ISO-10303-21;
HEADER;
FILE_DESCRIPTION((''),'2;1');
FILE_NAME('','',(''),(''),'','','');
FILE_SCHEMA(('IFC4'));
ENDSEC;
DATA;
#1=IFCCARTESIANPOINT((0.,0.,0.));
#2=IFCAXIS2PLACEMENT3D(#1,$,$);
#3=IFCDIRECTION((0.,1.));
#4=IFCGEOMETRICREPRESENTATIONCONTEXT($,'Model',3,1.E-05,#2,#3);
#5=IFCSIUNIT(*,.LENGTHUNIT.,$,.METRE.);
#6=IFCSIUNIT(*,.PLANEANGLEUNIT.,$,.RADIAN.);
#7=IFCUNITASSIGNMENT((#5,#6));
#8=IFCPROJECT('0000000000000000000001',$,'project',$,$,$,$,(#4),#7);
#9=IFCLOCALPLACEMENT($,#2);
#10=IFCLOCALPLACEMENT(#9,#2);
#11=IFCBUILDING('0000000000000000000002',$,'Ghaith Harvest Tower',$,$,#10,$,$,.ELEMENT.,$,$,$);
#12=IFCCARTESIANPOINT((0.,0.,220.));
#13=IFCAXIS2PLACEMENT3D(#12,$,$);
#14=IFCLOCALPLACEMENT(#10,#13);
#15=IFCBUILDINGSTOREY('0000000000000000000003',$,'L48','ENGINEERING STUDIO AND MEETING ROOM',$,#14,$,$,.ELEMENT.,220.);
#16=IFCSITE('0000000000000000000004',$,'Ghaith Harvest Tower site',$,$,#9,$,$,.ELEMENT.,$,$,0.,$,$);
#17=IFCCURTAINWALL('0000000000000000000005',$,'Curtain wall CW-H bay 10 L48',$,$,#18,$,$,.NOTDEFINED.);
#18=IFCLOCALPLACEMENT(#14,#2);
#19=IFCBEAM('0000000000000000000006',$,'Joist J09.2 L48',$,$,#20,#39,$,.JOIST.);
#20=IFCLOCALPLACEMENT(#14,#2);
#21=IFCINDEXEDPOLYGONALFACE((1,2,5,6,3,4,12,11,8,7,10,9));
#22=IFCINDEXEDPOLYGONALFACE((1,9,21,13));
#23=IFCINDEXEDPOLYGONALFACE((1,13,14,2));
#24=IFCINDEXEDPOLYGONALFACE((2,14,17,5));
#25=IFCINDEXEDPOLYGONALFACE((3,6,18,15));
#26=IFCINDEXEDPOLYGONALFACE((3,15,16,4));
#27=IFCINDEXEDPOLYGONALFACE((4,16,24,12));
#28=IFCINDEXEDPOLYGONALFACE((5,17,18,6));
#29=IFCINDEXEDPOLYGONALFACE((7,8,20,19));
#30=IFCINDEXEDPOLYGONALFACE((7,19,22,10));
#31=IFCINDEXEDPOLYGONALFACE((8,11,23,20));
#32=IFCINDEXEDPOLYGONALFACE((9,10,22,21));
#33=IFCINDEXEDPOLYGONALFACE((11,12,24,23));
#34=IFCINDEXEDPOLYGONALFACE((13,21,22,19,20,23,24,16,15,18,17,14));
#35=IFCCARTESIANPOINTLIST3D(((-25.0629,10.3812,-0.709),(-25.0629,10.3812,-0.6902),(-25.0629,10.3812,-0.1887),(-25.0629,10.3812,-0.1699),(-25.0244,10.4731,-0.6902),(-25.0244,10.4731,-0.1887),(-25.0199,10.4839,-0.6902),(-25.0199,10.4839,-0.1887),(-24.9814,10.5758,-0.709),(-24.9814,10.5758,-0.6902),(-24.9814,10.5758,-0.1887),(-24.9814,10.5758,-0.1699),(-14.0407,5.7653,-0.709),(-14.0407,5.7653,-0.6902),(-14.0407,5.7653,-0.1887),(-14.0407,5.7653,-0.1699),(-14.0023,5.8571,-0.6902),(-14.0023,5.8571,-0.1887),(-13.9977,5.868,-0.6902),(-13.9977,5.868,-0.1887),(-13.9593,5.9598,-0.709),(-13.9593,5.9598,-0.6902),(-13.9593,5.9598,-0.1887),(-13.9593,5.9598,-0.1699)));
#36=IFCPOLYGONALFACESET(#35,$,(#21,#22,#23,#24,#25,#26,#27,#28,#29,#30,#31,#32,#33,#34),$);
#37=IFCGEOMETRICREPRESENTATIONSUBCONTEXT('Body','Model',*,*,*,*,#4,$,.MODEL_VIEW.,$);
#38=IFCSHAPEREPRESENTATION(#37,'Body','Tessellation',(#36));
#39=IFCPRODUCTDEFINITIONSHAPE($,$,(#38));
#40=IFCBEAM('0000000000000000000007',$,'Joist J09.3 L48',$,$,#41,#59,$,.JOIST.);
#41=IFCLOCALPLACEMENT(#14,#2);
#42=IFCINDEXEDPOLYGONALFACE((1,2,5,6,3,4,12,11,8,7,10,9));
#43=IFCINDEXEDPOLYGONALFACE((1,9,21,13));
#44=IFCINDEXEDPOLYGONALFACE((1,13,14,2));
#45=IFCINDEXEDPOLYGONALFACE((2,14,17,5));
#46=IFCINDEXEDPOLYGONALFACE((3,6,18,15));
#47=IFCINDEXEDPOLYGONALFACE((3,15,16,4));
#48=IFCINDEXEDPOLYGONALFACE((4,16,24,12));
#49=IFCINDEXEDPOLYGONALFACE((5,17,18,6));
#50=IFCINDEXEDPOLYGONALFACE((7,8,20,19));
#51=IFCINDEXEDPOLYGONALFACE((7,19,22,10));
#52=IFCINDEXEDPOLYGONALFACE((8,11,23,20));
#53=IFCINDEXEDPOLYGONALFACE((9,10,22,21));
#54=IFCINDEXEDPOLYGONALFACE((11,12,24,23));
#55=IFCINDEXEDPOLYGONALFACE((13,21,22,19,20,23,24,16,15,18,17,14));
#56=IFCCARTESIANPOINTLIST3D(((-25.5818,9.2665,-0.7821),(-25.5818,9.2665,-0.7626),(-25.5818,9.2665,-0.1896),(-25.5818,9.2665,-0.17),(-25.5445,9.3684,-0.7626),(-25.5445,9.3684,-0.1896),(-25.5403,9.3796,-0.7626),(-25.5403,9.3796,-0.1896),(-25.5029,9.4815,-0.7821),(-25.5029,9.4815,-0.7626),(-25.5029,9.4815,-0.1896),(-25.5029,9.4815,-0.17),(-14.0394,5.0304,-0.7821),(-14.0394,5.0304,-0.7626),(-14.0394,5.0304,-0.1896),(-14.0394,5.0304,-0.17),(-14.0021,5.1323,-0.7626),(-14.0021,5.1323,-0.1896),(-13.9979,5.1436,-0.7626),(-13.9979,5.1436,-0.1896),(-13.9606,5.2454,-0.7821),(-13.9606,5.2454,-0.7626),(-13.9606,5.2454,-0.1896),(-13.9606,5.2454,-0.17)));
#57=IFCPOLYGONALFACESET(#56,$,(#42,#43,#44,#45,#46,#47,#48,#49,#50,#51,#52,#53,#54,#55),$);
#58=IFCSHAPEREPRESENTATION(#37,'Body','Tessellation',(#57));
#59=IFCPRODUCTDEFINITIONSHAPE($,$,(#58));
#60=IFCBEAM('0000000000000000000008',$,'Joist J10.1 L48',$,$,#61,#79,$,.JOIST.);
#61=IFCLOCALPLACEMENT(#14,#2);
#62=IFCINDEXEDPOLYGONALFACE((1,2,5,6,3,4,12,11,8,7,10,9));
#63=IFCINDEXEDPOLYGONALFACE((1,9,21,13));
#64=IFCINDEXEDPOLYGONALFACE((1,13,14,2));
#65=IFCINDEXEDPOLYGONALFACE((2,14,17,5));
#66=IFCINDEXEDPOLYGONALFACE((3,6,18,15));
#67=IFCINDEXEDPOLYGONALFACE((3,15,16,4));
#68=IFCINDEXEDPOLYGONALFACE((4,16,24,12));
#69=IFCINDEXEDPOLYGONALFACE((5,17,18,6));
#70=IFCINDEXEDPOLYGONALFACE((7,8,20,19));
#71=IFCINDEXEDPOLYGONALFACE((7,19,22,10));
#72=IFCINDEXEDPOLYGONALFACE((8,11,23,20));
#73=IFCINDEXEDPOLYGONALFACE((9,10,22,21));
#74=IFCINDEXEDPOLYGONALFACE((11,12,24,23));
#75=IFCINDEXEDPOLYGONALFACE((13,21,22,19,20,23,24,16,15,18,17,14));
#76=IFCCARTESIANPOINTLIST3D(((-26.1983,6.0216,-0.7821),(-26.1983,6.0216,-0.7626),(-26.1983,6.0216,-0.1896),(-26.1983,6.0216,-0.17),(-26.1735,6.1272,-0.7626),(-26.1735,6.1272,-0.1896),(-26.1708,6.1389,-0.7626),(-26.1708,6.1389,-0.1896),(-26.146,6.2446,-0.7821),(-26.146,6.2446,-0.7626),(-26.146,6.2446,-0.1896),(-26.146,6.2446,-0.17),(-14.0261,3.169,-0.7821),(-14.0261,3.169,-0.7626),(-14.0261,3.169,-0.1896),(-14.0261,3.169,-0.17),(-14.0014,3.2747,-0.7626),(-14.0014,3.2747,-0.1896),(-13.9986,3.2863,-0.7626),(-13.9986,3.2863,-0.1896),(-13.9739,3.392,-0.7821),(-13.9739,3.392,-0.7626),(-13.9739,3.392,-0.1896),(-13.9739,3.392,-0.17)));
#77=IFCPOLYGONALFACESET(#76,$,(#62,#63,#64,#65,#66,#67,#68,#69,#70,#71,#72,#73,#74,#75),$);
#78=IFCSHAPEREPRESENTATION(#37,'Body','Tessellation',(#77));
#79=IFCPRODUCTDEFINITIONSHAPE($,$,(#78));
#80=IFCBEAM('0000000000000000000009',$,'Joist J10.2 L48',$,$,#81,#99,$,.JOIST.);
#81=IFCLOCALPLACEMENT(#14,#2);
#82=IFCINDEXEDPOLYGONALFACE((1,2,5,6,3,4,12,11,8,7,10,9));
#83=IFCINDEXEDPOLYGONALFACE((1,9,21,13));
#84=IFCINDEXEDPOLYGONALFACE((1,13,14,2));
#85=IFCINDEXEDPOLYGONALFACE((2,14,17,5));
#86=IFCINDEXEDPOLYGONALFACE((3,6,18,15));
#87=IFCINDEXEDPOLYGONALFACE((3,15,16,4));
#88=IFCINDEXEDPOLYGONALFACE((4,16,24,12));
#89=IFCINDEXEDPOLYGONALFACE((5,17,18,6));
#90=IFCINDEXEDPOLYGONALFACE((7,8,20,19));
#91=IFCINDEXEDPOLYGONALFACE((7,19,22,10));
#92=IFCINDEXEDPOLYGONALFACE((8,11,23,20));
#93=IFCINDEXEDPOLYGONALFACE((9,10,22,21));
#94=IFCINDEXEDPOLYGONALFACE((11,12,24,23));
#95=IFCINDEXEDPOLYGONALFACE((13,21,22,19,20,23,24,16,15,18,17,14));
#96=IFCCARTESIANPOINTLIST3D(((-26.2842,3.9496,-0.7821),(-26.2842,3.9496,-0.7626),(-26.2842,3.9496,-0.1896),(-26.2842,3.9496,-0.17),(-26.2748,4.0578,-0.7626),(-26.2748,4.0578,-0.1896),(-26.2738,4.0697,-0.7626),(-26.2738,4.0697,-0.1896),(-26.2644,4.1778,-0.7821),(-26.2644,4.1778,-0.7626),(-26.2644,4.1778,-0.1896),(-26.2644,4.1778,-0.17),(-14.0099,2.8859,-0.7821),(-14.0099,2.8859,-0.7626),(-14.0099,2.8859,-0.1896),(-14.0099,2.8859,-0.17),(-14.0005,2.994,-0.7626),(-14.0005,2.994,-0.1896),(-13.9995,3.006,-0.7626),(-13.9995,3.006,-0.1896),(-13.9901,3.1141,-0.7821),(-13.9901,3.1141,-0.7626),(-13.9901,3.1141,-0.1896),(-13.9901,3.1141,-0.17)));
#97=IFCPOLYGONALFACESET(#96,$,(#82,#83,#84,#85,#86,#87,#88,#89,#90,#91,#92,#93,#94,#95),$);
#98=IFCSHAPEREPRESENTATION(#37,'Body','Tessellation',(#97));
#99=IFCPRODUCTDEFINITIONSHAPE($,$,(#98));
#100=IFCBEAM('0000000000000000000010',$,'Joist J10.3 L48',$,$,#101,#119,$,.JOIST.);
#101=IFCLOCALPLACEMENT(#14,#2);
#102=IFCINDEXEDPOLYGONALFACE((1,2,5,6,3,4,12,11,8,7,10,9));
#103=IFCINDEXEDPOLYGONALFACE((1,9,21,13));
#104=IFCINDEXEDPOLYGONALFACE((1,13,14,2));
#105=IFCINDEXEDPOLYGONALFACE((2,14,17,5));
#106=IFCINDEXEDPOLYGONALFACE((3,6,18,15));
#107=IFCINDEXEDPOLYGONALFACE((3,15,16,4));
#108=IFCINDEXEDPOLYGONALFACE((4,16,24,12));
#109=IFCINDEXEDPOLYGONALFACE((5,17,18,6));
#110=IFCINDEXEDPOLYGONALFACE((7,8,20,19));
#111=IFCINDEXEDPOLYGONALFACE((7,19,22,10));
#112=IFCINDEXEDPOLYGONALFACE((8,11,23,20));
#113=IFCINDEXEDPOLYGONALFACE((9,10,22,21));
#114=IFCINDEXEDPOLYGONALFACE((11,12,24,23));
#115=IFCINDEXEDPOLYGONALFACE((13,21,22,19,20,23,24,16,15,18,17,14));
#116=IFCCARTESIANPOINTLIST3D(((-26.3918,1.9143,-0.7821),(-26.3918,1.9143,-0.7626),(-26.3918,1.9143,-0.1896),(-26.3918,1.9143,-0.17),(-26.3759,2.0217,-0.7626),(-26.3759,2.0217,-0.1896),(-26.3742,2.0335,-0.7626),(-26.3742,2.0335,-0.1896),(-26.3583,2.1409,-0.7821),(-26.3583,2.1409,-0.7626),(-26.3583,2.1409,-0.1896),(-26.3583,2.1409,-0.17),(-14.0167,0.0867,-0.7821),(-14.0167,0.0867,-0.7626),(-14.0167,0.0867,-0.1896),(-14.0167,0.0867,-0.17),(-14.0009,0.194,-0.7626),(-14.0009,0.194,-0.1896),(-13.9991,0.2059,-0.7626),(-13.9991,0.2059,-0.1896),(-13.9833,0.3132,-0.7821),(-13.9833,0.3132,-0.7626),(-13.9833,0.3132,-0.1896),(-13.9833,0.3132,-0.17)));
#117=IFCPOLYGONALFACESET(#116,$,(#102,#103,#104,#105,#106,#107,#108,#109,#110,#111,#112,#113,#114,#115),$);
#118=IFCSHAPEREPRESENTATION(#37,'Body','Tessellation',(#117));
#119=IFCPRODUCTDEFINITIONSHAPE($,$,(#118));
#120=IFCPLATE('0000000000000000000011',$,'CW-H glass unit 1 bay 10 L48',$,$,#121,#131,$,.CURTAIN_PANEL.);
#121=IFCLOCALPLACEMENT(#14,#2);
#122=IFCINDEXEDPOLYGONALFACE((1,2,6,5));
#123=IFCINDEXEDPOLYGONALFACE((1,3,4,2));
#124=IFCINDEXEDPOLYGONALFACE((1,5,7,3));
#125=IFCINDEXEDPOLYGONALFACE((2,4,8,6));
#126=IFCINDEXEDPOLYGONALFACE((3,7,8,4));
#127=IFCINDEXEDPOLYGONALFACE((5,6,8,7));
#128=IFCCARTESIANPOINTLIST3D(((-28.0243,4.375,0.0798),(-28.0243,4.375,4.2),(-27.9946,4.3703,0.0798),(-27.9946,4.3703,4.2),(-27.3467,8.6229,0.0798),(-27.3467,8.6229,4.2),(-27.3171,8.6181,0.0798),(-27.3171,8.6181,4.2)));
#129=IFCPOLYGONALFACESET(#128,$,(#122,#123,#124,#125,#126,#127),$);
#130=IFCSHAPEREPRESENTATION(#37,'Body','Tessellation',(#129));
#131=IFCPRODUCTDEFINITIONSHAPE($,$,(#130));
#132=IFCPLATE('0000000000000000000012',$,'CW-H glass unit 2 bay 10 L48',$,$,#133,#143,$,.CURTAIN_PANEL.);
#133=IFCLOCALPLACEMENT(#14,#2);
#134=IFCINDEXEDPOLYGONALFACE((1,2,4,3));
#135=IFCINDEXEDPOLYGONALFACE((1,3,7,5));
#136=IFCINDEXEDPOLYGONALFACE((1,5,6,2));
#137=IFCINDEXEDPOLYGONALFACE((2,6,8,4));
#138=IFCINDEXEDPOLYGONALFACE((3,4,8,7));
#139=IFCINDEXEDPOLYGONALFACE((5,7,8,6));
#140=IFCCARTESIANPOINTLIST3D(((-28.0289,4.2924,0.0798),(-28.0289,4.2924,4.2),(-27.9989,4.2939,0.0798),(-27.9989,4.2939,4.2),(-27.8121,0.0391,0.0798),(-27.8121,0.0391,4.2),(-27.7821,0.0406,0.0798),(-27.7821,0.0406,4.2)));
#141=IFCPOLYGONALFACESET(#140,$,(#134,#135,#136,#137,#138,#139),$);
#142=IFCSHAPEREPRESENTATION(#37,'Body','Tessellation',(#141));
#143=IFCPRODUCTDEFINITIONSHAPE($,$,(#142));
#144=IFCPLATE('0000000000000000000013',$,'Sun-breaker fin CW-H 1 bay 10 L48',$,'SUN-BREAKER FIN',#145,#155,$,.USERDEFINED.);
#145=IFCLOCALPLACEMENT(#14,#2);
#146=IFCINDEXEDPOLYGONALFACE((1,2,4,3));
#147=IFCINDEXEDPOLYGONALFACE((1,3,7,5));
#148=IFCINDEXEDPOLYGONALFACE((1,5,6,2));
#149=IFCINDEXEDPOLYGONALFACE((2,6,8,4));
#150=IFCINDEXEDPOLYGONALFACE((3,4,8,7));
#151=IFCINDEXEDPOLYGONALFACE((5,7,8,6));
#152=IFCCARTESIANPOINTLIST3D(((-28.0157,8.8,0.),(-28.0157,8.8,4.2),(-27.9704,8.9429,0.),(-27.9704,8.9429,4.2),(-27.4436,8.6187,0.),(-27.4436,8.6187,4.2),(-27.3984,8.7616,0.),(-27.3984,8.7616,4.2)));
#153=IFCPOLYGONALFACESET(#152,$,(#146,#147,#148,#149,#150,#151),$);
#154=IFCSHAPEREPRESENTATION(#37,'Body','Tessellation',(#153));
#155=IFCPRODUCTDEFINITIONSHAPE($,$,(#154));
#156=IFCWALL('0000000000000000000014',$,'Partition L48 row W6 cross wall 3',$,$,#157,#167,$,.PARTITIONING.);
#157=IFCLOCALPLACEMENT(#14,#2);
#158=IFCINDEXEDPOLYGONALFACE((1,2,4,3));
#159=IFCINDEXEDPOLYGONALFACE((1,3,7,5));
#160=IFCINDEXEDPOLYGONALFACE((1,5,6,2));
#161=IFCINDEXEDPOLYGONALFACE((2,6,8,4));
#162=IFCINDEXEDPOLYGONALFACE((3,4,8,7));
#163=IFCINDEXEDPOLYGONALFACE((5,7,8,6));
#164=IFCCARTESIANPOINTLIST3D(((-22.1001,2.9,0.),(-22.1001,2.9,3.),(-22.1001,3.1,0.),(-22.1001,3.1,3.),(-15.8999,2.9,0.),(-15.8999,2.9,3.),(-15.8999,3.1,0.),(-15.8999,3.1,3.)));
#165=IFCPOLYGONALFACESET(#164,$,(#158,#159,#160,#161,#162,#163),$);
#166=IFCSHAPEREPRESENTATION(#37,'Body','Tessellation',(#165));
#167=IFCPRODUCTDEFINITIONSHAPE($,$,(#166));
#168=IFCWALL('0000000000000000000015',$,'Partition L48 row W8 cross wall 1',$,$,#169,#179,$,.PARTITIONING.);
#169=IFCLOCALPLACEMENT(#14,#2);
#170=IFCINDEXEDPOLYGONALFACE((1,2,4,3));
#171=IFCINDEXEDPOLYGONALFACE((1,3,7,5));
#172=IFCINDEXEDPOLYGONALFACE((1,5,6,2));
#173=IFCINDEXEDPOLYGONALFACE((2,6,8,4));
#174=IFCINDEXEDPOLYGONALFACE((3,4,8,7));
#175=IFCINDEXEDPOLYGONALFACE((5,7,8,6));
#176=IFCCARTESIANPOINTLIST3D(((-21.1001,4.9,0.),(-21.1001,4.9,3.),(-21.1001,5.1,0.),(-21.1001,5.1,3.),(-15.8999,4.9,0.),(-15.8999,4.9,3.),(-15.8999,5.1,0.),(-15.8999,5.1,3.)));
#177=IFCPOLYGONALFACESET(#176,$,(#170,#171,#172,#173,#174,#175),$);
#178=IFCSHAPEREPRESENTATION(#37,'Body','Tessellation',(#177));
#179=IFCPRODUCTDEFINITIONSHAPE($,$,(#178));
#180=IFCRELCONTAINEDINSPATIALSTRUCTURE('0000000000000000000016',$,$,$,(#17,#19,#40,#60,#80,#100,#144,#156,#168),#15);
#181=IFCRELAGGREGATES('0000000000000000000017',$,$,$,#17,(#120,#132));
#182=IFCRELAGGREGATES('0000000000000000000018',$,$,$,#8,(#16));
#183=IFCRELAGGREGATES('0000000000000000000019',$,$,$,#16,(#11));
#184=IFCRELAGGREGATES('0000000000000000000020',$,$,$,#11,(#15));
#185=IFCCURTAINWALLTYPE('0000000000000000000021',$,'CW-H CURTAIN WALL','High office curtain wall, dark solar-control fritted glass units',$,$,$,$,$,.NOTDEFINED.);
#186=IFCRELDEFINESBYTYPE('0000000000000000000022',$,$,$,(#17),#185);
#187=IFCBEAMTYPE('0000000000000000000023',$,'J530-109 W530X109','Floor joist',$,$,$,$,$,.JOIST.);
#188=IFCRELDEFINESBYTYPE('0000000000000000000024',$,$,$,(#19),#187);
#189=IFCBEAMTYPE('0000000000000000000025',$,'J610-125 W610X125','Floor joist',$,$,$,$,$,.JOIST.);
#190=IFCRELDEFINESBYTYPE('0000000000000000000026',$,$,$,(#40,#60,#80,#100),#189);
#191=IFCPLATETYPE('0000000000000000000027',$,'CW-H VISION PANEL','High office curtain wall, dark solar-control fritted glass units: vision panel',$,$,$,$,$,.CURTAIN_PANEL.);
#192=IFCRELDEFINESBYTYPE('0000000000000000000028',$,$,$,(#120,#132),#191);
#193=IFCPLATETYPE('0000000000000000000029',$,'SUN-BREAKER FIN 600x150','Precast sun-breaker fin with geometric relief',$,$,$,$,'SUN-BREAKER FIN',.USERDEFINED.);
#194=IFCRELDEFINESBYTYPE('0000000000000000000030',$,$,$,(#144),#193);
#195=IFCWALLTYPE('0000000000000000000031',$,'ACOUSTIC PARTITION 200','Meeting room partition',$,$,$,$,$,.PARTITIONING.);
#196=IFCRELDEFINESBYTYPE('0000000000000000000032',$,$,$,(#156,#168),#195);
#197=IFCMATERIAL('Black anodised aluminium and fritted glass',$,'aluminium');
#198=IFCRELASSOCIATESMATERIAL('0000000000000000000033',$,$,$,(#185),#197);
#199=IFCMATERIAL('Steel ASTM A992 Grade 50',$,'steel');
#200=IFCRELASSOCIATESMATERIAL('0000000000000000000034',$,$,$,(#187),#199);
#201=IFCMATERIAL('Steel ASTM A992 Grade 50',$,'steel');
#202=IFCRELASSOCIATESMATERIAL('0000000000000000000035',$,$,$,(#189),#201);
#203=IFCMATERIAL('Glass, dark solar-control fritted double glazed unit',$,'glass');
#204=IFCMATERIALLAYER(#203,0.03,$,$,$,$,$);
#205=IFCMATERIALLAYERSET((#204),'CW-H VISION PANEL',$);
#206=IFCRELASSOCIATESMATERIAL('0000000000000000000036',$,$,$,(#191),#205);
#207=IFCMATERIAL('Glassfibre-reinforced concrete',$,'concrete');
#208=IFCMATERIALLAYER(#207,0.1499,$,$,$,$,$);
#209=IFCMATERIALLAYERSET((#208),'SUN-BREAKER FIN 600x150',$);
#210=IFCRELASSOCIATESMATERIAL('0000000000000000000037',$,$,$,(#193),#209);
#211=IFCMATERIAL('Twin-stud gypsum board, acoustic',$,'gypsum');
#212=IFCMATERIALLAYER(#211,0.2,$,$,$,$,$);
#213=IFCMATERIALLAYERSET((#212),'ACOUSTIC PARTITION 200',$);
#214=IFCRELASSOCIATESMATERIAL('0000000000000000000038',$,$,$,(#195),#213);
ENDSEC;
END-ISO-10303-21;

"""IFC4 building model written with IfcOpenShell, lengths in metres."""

from ifc_helpers import new_model, si_unit, direction, frame, frame_2d, origin, origin_2d, place, context, subcontext, project, spatial, rectangle, i_section, extrude, material, layer, layer_set, material_profile, profile_set, type_object, element, aggregate, save


model = new_model("IFC4")

# Units and contexts
model_context = context("Model", 3, precision=1e-05, world=origin(), true_north=direction((0.0, 1.0)))
body_context = subcontext(model_context, "Body", "Model", "MODEL_VIEW")
ifc_project = project(units=[si_unit("LENGTHUNIT", "METRE"), si_unit("PLANEANGLEUNIT", "RADIAN")], contexts=[model_context])

# Site, building, storey
site_placement = place(None, origin())
site = spatial("IfcSite", under=ifc_project, at=site_placement, Name="Ghaith Harvest Tower site", CompositionType="ELEMENT", RefElevation=0.0)
building_placement = place(site_placement, origin())
building = spatial("IfcBuilding", under=site, at=building_placement, Name="Ghaith Harvest Tower", CompositionType="ELEMENT")
storey_placement = place(building_placement, frame((0.0, 0.0, 220.0)))
storey = spatial("IfcBuildingStorey", under=building, at=storey_placement, Name="L48", Description="ENGINEERING STUDIO AND MEETING ROOM", CompositionType="ELEMENT", Elevation=220.0)

# Curtain wall
ifc_material_1 = material(Name="Black anodised aluminium and fritted glass", Category="aluminium")
curtain_wall_type = type_object("IfcCurtainWallType", Name="CW-H CURTAIN WALL", Description="High office curtain wall, dark solar-control fritted glass units", PredefinedType="NOTDEFINED", material=ifc_material_1)
curtain_wall_placement = place(storey_placement, origin())
curtain_wall = element("IfcCurtainWall", 1, at=curtain_wall_placement, inside=storey, type_object=curtain_wall_type, Name="Curtain wall CW-H bay 10 L48", PredefinedType="NOTDEFINED")

# Beams
ifc_material_2 = material(Name="Steel ASTM A992 Grade 50", Category="steel")
ifc_material_profile_1 = material_profile(ifc_material_2, i_section(OverallWidth=0.2109, OverallDepth=0.5391, WebThickness=0.0117, FlangeThickness=0.0188, at=origin_2d()), Name="W530X109")
ifc_profile_set_1 = profile_set([ifc_material_profile_1], Name="Steel ASTM A992 Grade 50")
beam_type_1 = type_object("IfcBeamType", Name="J530-109 W530X109", Description="Floor joist", PredefinedType="JOIST", material=ifc_profile_set_1)
beam_1_placement = place(storey_placement, frame((-14.0, 5.8625, -0.4395), z_axis=(-0.922381, 0.386282, 0.0), x_axis=(-0.386282, -0.922381, 0.0)))
element("IfcBeam", 2, at=beam_1_placement, inside=storey, type_object=beam_type_1, Name="Joist J09.2 L48", PredefinedType="JOIST", context=body_context, shape_type="SweptSolid", body=[
    extrude(i_section(OverallWidth=0.2109, OverallDepth=0.5391, WebThickness=0.0117, FlangeThickness=0.0188, at=origin_2d()), origin(), (0.0, 0.0, 1.0), 11.9497),
])
ifc_material_3 = material(Name="Steel ASTM A992 Grade 50", Category="steel")
ifc_material_profile_2 = material_profile(ifc_material_3, i_section(OverallWidth=0.229, OverallDepth=0.6121, WebThickness=0.012, FlangeThickness=0.0195, at=origin_2d()), Name="W610X125")
ifc_profile_set_2 = profile_set([ifc_material_profile_2], Name="Steel ASTM A992 Grade 50")
beam_type_2 = type_object("IfcBeamType", Name="J610-125 W610X125", Description="Floor joist", PredefinedType="JOIST", material=ifc_profile_set_2)
beam_2_placement = place(storey_placement, frame((-14.0, 5.1379, -0.4761), z_axis=(-0.938775, 0.34453, 0.0), x_axis=(-0.34453, -0.938775, 0.0)))
element("IfcBeam", 3, at=beam_2_placement, inside=storey, type_object=beam_type_2, Name="Joist J09.3 L48", PredefinedType="JOIST", context=body_context, shape_type="SweptSolid", body=[
    extrude(i_section(OverallWidth=0.229, OverallDepth=0.6121, WebThickness=0.012, FlangeThickness=0.0195, at=origin_2d()), origin(), (0.0, 0.0, 1.0), 12.2952),
])
beam_3_placement = place(storey_placement, frame((-14.0, 3.2805, -0.4761), z_axis=(-0.973622, 0.228168, 0.0), x_axis=(-0.228168, -0.973622, 0.0)))
element("IfcBeam", 4, at=beam_3_placement, inside=storey, type_object=beam_type_2, Name="Joist J10.1 L48", PredefinedType="JOIST", context=body_context, shape_type="SweptSolid", body=[
    extrude(i_section(OverallWidth=0.229, OverallDepth=0.6121, WebThickness=0.012, FlangeThickness=0.0195, at=origin_2d()), origin(), (0.0, 0.0, 1.0), 12.502),
])
beam_4_placement = place(storey_placement, frame((-14.0, 3.0, -0.4761), z_axis=(-0.996266, 0.086338, 0.0), x_axis=(-0.086338, -0.996266, 0.0)))
element("IfcBeam", 5, at=beam_4_placement, inside=storey, type_object=beam_type_2, Name="Joist J10.2 L48", PredefinedType="JOIST", context=body_context, shape_type="SweptSolid", body=[
    extrude(i_section(OverallWidth=0.229, OverallDepth=0.6121, WebThickness=0.012, FlangeThickness=0.0195, at=origin_2d()), origin(), (0.0, 0.0, 1.0), 12.3203),
])
beam_5_placement = place(storey_placement, frame((-14.0, 0.2, -0.4761), z_axis=(-0.989269, 0.146103, 0.0), x_axis=(-0.146103, -0.989269, 0.0)))
element("IfcBeam", 6, at=beam_5_placement, inside=storey, type_object=beam_type_2, Name="Joist J10.3 L48", PredefinedType="JOIST", context=body_context, shape_type="SweptSolid", body=[
    extrude(i_section(OverallWidth=0.229, OverallDepth=0.6121, WebThickness=0.012, FlangeThickness=0.0195, at=origin_2d()), origin(), (0.0, 0.0, 1.0), 12.5093),
])

# Plates
ifc_material_4 = material(Name="Glass, dark solar-control fritted double glazed unit", Category="glass")
ifc_layer_1 = layer(ifc_material_4, 0.03)
ifc_layer_set_1 = layer_set([ifc_layer_1], Name="CW-H VISION PANEL")
plate_type_1 = type_object("IfcPlateType", Name="CW-H VISION PANEL", Description="High office curtain wall, dark solar-control fritted glass units: vision panel", PredefinedType="CURTAIN_PANEL", material=ifc_layer_set_1)
plate_1_placement = place(storey_placement, frame((-27.6707, 6.4966, 0.0798), z_axis=(0.0, 0.0, 1.0), x_axis=(-0.157514, -0.987517, 0.0)))
plate_1 = element("IfcPlate", 7, at=plate_1_placement, type_object=plate_type_1, Name="CW-H glass unit 1 bay 10 L48", PredefinedType="CURTAIN_PANEL", context=body_context, shape_type="SweptSolid", body=[
    extrude(rectangle(XDim=4.3015, YDim=0.03, at=origin_2d()), origin(), (0.0, 0.0, 1.0), 4.1201),
])
plate_2_placement = place(storey_placement, frame((-27.9055, 2.1665, 0.0798), z_axis=(0.0, 0.0, 1.0), x_axis=(0.050895, -0.998704, 0.0)))
plate_2 = element("IfcPlate", 8, at=plate_2_placement, type_object=plate_type_1, Name="CW-H glass unit 2 bay 10 L48", PredefinedType="CURTAIN_PANEL", context=body_context, shape_type="SweptSolid", body=[
    extrude(rectangle(XDim=4.2588, YDim=0.03, at=origin_2d()), origin(), (0.0, 0.0, 1.0), 4.1201),
])
aggregate(curtain_wall, [plate_1, plate_2])
ifc_material_5 = material(Name="Glassfibre-reinforced concrete", Category="concrete")
ifc_layer_2 = layer(ifc_material_5, 0.1499)
ifc_layer_set_2 = layer_set([ifc_layer_2], Name="SUN-BREAKER FIN 600x150")
plate_type_2 = type_object("IfcPlateType", Name="SUN-BREAKER FIN 600x150", Description="Precast sun-breaker fin with geometric relief", ElementType="SUN-BREAKER FIN", PredefinedType="USERDEFINED", material=ifc_layer_set_2)
plate_3_placement = place(storey_placement, frame((-27.707, 8.7808, 0.0), z_axis=(0.0, 0.0, 1.0), x_axis=(-0.953273, 0.30211, 0.0)))
element("IfcPlate", 9, at=plate_3_placement, inside=storey, type_object=plate_type_2, Name="Sun-breaker fin CW-H 1 bay 10 L48", ObjectType="SUN-BREAKER FIN", PredefinedType="USERDEFINED", context=body_context, shape_type="SweptSolid", body=[
    extrude(rectangle(XDim=0.6001, YDim=0.1499, at=origin_2d()), origin(), (0.0, 0.0, 1.0), 4.2),
])

# Walls
ifc_material_6 = material(Name="Twin-stud gypsum board, acoustic", Category="gypsum")
ifc_layer_3 = layer(ifc_material_6, 0.2)
ifc_layer_set_3 = layer_set([ifc_layer_3], Name="ACOUSTIC PARTITION 200")
wall_type_1 = type_object("IfcWallType", Name="ACOUSTIC PARTITION 200", Description="Meeting room partition", PredefinedType="PARTITIONING", material=ifc_layer_set_3)
wall_1_placement = place(storey_placement, frame((-15.8999, 3.0, 0.0), z_axis=(0.0, 0.0, 1.0), x_axis=(-1.0, 0.0, 0.0)))
element("IfcWall", 10, at=wall_1_placement, inside=storey, type_object=wall_type_1, Name="Partition L48 row W6 cross wall 3", PredefinedType="PARTITIONING", context=body_context, shape_type="SweptSolid", body=[
    extrude(rectangle(XDim=6.2002, YDim=0.2, at=frame_2d((3.1001, 0.0))), origin(), (0.0, 0.0, 1.0), 3.0),
])
wall_2_placement = place(storey_placement, frame((-15.8999, 5.0, 0.0), z_axis=(0.0, 0.0, 1.0), x_axis=(-1.0, 0.0, 0.0)))
element("IfcWall", 11, at=wall_2_placement, inside=storey, type_object=wall_type_1, Name="Partition L48 row W8 cross wall 1", PredefinedType="PARTITIONING", context=body_context, shape_type="SweptSolid", body=[
    extrude(rectangle(XDim=5.2002, YDim=0.2, at=frame_2d((2.6001, 0.0))), origin(), (0.0, 0.0, 1.0), 3.0),
])

save(model, "model.ifc")
